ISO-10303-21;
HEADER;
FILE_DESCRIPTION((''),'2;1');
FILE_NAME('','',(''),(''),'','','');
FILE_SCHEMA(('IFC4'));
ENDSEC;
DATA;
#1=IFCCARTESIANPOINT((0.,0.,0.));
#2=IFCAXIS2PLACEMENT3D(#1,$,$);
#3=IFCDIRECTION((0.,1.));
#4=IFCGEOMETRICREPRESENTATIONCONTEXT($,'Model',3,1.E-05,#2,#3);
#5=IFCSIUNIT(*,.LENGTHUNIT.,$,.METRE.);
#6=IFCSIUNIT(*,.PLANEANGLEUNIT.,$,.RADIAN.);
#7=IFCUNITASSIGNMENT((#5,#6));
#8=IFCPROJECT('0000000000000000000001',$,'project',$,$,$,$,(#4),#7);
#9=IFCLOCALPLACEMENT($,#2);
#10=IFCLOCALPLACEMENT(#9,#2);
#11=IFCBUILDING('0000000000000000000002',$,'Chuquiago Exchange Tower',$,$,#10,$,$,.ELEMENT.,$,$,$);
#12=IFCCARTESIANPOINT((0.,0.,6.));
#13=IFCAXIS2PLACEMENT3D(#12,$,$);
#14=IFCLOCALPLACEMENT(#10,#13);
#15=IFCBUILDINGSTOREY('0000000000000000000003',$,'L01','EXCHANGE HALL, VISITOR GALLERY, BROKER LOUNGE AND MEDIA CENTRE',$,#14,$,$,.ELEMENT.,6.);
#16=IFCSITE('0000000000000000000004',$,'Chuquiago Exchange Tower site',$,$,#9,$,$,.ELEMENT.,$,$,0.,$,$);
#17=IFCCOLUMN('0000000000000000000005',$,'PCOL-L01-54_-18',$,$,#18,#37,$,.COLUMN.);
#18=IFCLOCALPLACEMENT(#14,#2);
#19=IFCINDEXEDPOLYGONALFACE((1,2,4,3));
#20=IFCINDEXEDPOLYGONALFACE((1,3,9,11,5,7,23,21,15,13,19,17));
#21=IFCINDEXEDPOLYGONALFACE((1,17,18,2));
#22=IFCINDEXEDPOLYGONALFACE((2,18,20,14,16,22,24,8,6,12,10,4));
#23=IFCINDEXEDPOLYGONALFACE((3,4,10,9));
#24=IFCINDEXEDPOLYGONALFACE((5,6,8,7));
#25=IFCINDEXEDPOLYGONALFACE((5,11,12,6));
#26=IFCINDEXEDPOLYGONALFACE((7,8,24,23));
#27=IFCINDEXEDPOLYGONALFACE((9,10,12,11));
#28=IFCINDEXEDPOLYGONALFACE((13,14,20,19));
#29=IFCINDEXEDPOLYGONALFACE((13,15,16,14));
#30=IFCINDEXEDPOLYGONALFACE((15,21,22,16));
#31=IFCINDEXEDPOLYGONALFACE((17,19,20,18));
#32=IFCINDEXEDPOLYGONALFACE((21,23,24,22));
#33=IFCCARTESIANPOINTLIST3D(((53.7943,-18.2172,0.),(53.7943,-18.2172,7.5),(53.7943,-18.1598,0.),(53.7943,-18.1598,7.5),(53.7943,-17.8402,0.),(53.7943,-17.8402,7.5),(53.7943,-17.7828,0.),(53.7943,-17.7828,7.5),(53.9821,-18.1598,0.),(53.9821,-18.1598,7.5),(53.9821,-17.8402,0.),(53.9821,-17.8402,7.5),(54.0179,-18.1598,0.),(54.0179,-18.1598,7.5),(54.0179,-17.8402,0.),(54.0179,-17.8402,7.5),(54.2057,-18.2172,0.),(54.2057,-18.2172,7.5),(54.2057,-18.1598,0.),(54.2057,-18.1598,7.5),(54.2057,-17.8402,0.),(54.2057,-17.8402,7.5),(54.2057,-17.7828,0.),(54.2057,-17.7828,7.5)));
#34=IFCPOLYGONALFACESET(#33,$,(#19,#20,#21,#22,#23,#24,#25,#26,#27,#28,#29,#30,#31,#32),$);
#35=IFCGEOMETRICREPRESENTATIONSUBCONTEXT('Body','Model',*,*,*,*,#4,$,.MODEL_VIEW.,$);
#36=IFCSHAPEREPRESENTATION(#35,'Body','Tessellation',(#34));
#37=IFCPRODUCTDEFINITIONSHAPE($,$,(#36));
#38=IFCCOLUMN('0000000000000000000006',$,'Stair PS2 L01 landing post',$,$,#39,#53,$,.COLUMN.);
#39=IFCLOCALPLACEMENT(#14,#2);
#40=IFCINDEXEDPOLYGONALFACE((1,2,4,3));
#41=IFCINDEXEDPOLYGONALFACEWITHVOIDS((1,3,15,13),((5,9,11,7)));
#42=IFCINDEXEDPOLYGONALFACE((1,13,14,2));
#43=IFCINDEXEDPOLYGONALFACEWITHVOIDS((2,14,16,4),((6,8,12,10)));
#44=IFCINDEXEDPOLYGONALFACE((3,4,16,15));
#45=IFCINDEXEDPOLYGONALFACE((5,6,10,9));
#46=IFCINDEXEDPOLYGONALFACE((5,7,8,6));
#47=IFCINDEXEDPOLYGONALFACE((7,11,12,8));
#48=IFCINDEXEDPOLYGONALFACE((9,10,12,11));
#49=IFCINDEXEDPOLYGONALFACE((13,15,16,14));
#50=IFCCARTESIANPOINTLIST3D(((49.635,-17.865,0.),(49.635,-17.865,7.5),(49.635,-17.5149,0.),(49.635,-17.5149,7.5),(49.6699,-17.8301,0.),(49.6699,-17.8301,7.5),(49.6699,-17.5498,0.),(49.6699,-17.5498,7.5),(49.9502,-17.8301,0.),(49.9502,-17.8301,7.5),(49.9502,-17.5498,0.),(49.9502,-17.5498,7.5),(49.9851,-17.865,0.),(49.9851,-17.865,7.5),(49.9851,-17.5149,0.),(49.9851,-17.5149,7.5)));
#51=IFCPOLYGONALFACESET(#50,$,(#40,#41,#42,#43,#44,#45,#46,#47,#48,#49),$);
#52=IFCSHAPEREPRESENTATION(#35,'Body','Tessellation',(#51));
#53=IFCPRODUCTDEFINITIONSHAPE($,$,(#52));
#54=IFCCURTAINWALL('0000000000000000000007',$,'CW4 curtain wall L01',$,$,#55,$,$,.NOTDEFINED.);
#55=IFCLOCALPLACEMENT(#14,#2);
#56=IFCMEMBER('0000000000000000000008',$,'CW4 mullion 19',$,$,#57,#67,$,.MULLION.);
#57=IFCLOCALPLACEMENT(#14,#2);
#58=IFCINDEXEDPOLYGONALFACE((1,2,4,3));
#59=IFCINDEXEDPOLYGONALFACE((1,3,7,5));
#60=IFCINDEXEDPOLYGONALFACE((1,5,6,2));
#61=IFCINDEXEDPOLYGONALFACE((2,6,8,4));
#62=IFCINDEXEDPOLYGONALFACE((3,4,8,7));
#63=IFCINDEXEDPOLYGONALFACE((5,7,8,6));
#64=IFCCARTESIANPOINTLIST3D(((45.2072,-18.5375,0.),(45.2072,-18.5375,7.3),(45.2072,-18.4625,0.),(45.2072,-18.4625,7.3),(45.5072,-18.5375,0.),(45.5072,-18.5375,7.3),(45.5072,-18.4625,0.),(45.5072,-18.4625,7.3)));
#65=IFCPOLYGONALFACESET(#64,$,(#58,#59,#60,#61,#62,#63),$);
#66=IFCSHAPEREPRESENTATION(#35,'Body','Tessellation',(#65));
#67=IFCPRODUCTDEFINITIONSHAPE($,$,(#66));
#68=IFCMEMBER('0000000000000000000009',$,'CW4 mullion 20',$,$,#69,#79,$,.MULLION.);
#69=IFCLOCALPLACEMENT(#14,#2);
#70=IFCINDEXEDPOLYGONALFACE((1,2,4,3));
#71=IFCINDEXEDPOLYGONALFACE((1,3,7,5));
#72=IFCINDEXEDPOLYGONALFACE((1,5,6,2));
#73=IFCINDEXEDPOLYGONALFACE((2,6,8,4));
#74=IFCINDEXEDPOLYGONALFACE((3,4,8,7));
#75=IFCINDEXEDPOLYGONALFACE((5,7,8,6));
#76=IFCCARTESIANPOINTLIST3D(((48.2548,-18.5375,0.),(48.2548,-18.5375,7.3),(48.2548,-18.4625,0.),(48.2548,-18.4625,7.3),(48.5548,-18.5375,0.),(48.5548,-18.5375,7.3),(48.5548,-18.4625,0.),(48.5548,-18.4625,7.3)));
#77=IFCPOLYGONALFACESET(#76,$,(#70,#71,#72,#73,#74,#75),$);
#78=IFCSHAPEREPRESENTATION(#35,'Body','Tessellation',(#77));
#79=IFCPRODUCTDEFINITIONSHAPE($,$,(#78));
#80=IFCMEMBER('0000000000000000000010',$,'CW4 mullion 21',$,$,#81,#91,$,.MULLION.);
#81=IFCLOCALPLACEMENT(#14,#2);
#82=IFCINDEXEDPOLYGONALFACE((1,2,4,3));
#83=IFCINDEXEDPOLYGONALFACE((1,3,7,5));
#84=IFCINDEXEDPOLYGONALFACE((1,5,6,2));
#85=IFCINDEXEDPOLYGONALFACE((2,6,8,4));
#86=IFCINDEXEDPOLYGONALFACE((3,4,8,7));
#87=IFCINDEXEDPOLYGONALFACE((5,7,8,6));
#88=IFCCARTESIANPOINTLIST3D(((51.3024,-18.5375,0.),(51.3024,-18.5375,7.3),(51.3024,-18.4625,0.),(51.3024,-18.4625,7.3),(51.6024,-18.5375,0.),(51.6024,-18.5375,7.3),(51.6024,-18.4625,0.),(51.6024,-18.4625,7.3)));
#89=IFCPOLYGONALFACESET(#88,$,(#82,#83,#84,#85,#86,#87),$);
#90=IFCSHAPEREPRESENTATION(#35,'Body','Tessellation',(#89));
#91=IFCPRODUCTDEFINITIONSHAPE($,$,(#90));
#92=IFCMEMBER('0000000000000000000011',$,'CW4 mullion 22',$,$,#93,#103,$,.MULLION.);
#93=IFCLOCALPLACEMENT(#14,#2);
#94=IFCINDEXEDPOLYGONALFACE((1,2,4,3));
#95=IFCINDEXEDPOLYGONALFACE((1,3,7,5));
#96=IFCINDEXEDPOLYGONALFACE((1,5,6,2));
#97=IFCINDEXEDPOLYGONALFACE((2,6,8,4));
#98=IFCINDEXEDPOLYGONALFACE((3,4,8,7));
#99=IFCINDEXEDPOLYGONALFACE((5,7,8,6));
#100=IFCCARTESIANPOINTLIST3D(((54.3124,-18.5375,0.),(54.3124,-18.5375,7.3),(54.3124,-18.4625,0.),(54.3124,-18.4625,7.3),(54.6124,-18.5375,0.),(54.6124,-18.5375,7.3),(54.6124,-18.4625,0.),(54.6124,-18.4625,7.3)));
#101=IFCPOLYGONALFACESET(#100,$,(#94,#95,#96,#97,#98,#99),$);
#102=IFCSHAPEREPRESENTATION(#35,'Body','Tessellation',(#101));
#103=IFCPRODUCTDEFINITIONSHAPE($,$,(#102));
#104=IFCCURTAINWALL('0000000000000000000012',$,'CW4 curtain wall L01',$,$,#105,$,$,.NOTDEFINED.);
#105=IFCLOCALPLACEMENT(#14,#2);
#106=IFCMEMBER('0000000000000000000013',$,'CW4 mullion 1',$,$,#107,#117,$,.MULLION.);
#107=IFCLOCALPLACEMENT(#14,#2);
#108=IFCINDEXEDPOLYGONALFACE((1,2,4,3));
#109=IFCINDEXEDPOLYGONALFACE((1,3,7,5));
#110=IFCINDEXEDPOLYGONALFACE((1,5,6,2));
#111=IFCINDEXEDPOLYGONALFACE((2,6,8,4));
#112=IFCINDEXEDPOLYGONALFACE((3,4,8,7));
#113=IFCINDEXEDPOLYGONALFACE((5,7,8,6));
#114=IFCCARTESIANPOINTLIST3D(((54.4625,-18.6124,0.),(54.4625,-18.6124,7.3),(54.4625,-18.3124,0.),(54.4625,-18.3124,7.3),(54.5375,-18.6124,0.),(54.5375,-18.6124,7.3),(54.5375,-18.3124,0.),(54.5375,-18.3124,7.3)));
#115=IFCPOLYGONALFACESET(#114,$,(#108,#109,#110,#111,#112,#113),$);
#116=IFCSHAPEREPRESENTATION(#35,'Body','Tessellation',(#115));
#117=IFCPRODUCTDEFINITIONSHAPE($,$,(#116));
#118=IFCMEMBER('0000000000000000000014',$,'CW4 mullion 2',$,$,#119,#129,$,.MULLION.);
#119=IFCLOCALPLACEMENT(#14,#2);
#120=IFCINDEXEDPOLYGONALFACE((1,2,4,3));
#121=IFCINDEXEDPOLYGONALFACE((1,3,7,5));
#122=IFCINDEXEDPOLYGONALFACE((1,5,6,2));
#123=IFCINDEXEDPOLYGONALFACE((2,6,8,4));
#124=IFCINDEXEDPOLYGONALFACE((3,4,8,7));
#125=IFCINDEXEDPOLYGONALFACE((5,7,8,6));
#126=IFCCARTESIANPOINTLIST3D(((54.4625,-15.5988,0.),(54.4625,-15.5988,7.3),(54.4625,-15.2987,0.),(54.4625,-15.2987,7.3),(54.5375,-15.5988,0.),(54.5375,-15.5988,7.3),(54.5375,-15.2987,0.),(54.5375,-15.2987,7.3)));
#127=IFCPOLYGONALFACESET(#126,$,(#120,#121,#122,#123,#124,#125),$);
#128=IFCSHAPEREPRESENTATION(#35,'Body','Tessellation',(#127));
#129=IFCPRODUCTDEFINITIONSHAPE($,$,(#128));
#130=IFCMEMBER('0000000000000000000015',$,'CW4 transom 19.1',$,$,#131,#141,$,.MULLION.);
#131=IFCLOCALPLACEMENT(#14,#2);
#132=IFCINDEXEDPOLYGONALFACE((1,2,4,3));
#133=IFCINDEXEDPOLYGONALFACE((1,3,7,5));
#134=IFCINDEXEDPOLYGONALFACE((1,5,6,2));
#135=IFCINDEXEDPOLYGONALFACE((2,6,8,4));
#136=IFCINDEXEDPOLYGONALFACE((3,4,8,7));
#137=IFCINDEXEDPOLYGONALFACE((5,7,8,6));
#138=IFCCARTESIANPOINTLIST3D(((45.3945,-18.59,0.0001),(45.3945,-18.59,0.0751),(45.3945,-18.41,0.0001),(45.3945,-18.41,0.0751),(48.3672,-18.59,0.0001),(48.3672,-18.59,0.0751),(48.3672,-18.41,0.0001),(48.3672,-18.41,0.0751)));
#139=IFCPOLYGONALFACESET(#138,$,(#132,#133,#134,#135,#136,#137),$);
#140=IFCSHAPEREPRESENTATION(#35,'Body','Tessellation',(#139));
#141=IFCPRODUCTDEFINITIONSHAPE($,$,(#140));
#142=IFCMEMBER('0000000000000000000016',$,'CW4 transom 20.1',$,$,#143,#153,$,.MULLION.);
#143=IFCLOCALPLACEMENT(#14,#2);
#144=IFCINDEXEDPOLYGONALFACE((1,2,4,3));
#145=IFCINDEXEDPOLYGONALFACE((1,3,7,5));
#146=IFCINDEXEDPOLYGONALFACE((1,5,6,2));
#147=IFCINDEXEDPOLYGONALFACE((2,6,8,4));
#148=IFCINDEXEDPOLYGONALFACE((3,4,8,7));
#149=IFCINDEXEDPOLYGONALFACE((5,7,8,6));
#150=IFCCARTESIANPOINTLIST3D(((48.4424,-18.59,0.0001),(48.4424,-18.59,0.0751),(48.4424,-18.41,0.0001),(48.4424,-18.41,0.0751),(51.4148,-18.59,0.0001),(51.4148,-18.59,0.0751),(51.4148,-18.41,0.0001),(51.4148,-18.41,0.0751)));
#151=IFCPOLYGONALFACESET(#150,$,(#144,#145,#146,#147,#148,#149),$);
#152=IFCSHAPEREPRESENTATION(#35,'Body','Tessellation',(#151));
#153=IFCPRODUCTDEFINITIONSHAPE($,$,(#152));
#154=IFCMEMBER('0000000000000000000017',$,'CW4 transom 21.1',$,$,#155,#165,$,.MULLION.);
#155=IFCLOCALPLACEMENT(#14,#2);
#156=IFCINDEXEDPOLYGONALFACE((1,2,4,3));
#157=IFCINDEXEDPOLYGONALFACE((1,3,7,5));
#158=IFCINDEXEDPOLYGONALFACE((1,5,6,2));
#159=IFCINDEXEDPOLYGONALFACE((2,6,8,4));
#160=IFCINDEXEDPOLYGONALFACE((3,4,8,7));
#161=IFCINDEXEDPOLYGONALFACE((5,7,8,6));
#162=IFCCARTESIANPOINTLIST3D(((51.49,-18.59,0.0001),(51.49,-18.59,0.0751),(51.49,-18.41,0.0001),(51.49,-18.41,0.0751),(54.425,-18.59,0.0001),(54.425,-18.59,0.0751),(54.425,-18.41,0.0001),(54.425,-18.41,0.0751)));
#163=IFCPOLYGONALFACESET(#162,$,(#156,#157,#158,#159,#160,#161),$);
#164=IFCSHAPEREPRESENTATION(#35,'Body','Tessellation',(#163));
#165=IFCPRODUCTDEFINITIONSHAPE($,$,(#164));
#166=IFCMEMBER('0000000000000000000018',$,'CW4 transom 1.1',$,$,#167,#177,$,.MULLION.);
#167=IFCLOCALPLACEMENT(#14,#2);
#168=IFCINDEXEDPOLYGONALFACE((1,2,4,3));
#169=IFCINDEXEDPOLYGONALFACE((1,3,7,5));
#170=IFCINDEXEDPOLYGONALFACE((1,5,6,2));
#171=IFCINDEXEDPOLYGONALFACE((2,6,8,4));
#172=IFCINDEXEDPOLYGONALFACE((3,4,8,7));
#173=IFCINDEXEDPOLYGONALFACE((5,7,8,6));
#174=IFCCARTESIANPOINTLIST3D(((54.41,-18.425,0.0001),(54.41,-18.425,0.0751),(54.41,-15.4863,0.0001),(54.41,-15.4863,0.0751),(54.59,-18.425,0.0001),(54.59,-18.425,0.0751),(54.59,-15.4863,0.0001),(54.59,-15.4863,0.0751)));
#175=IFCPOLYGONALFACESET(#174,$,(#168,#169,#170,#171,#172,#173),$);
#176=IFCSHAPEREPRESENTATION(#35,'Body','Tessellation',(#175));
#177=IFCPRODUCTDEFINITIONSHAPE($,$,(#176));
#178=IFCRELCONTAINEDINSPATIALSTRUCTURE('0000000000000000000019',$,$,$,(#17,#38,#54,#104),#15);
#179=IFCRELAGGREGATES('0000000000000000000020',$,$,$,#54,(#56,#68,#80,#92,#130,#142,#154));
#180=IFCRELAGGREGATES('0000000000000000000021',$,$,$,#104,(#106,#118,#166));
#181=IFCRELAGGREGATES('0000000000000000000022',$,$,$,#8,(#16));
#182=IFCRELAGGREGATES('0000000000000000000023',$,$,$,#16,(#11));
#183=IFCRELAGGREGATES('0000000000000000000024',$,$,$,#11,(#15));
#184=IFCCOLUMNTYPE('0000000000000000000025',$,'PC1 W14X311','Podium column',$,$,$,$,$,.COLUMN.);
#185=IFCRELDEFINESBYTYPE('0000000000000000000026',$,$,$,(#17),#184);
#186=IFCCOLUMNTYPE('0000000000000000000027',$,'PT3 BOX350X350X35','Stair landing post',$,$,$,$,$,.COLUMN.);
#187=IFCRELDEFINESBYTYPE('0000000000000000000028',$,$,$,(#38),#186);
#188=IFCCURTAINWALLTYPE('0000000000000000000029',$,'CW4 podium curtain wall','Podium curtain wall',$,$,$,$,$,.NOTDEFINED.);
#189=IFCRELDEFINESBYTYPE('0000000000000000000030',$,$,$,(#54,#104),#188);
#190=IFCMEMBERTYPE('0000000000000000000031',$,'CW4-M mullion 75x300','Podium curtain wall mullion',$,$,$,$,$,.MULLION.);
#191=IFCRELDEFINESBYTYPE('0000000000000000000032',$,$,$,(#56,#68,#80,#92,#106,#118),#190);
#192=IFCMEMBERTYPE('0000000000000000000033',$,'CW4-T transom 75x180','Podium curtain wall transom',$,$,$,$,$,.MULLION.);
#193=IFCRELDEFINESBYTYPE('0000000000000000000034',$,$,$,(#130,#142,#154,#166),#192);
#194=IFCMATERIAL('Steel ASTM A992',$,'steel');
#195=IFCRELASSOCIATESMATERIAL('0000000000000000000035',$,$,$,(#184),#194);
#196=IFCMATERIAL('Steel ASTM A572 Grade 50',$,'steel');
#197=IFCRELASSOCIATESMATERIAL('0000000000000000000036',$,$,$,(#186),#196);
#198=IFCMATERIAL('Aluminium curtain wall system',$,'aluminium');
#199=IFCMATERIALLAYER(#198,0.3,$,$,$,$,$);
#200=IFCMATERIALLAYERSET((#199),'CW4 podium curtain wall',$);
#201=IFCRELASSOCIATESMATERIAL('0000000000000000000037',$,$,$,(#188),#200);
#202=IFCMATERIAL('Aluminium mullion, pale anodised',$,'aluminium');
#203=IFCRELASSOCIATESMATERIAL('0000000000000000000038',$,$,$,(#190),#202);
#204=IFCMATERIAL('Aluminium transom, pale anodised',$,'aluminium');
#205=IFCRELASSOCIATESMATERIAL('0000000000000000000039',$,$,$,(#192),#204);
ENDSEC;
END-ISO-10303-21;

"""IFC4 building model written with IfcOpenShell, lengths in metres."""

from ifc_helpers import new_model, si_unit, direction, frame, origin, origin_2d, place, context, subcontext, project, spatial, rectangle, hollow_rectangle, i_section, extrude, material, layer, layer_set, material_profile, profile_set, type_object, element, aggregate, save


model = new_model("IFC4")

# Units and contexts
model_context = context("Model", 3, precision=1e-05, world=origin(), true_north=direction((0.0, 1.0)))
body_context = subcontext(model_context, "Body", "Model", "MODEL_VIEW")
ifc_project = project(units=[si_unit("LENGTHUNIT", "METRE"), si_unit("PLANEANGLEUNIT", "RADIAN")], contexts=[model_context])

# Site, building, storey
site_placement = place(None, origin())
site = spatial("IfcSite", under=ifc_project, at=site_placement, Name="Chuquiago Exchange Tower site", CompositionType="ELEMENT", RefElevation=0.0)
building_placement = place(site_placement, origin())
building = spatial("IfcBuilding", under=site, at=building_placement, Name="Chuquiago Exchange Tower", CompositionType="ELEMENT")
storey_placement = place(building_placement, frame((0.0, 0.0, 6.0)))
storey = spatial("IfcBuildingStorey", under=building, at=storey_placement, Name="L01", Description="EXCHANGE HALL, VISITOR GALLERY, BROKER LOUNGE AND MEDIA CENTRE", CompositionType="ELEMENT", Elevation=6.0)

# Columns
ifc_material_1 = material(Name="Steel ASTM A992", Category="steel")
ifc_material_profile_1 = material_profile(ifc_material_1, i_section(OverallWidth=0.4114, OverallDepth=0.4343, WebThickness=0.0359, FlangeThickness=0.0574, at=origin_2d()), Name="W14X311")
ifc_profile_set_1 = profile_set([ifc_material_profile_1], Name="Steel ASTM A992")
column_type_1 = type_object("IfcColumnType", Name="PC1 W14X311", Description="Podium column", PredefinedType="COLUMN", material=ifc_profile_set_1)
column_1_placement = place(storey_placement, frame((54.0, -18.0, 0.0), z_axis=(0.0, 0.0, 1.0), x_axis=(1.0, 0.0, 0.0)))
element("IfcColumn", 1, at=column_1_placement, inside=storey, type_object=column_type_1, Name="PCOL-L01-54_-18", PredefinedType="COLUMN", context=body_context, shape_type="SweptSolid", body=[
    extrude(i_section(OverallWidth=0.4114, OverallDepth=0.4343, WebThickness=0.0359, FlangeThickness=0.0574, at=origin_2d()), origin(), (0.0, 0.0, 1.0), 7.5),
])
ifc_material_2 = material(Name="Steel ASTM A572 Grade 50", Category="steel")
ifc_material_profile_2 = material_profile(ifc_material_2, hollow_rectangle(XDim=0.3501, YDim=0.3501, WallThickness=0.0349, at=origin_2d()), Name="BOX350X350X35")
ifc_profile_set_2 = profile_set([ifc_material_profile_2], Name="Steel ASTM A572 Grade 50")
column_type_2 = type_object("IfcColumnType", Name="PT3 BOX350X350X35", Description="Stair landing post", PredefinedType="COLUMN", material=ifc_profile_set_2)
column_2_placement = place(storey_placement, frame((49.8101, -17.6899, 0.0), z_axis=(0.0, 0.0, 1.0), x_axis=(1.0, 0.0, 0.0)))
element("IfcColumn", 2, at=column_2_placement, inside=storey, type_object=column_type_2, Name="Stair PS2 L01 landing post", PredefinedType="COLUMN", context=body_context, shape_type="SweptSolid", body=[
    extrude(hollow_rectangle(XDim=0.3501, YDim=0.3501, WallThickness=0.0349, at=origin_2d()), origin(), (0.0, 0.0, 1.0), 7.5),
])

# Curtain walls, members
ifc_material_3 = material(Name="Aluminium curtain wall system", Category="aluminium")
ifc_layer_1 = layer(ifc_material_3, 0.3)
ifc_layer_set_1 = layer_set([ifc_layer_1], Name="CW4 podium curtain wall")
curtain_wall_type = type_object("IfcCurtainWallType", Name="CW4 podium curtain wall", Description="Podium curtain wall", PredefinedType="NOTDEFINED", material=ifc_layer_set_1)
curtain_wall_1_placement = place(storey_placement, origin())
curtain_wall_1 = element("IfcCurtainWall", 3, at=curtain_wall_1_placement, inside=storey, type_object=curtain_wall_type, Name="CW4 curtain wall L01", PredefinedType="NOTDEFINED")
ifc_material_4 = material(Name="Aluminium mullion, pale anodised", Category="aluminium")
ifc_material_profile_3 = material_profile(ifc_material_4, rectangle(XDim=0.075, YDim=0.3, at=origin_2d()), Name="AL 75x300")
ifc_profile_set_3 = profile_set([ifc_material_profile_3], Name="Aluminium mullion, pale anodised")
member_type_1 = type_object("IfcMemberType", Name="CW4-M mullion 75x300", Description="Podium curtain wall mullion", PredefinedType="MULLION", material=ifc_profile_set_3)
member_1_placement = place(storey_placement, frame((45.3572, -18.5, 0.0), z_axis=(0.0, 0.0, 1.0), x_axis=(0.0, 1.0, 0.0)))
member_1 = element("IfcMember", 4, at=member_1_placement, type_object=member_type_1, Name="CW4 mullion 19", PredefinedType="MULLION", context=body_context, shape_type="SweptSolid", body=[
    extrude(rectangle(XDim=0.075, YDim=0.3, at=origin_2d()), origin(), (0.0, 0.0, 1.0), 7.3),
])
member_2_placement = place(storey_placement, frame((48.4048, -18.5, 0.0), z_axis=(0.0, 0.0, 1.0), x_axis=(0.0, 1.0, 0.0)))
member_2 = element("IfcMember", 5, at=member_2_placement, type_object=member_type_1, Name="CW4 mullion 20", PredefinedType="MULLION", context=body_context, shape_type="SweptSolid", body=[
    extrude(rectangle(XDim=0.075, YDim=0.3, at=origin_2d()), origin(), (0.0, 0.0, 1.0), 7.3),
])
member_3_placement = place(storey_placement, frame((51.4524, -18.5, 0.0), z_axis=(0.0, 0.0, 1.0), x_axis=(0.0, 1.0, 0.0)))
member_3 = element("IfcMember", 6, at=member_3_placement, type_object=member_type_1, Name="CW4 mullion 21", PredefinedType="MULLION", context=body_context, shape_type="SweptSolid", body=[
    extrude(rectangle(XDim=0.075, YDim=0.3, at=origin_2d()), origin(), (0.0, 0.0, 1.0), 7.3),
])
member_4_placement = place(storey_placement, frame((54.4624, -18.5, 0.0), z_axis=(0.0, 0.0, 1.0), x_axis=(0.0, 1.0, 0.0)))
member_4 = element("IfcMember", 7, at=member_4_placement, type_object=member_type_1, Name="CW4 mullion 22", PredefinedType="MULLION", context=body_context, shape_type="SweptSolid", body=[
    extrude(rectangle(XDim=0.075, YDim=0.3, at=origin_2d()), origin(), (0.0, 0.0, 1.0), 7.3),
])
curtain_wall_2_placement = place(storey_placement, origin())
curtain_wall_2 = element("IfcCurtainWall", 8, at=curtain_wall_2_placement, inside=storey, type_object=curtain_wall_type, Name="CW4 curtain wall L01", PredefinedType="NOTDEFINED")
member_5_placement = place(storey_placement, frame((54.5, -18.4624, 0.0), z_axis=(0.0, 0.0, 1.0), x_axis=(-1.0, 0.0, 0.0)))
member_5 = element("IfcMember", 9, at=member_5_placement, type_object=member_type_1, Name="CW4 mullion 1", PredefinedType="MULLION", context=body_context, shape_type="SweptSolid", body=[
    extrude(rectangle(XDim=0.075, YDim=0.3, at=origin_2d()), origin(), (0.0, 0.0, 1.0), 7.3),
])
member_6_placement = place(storey_placement, frame((54.5, -15.4487, 0.0), z_axis=(0.0, 0.0, 1.0), x_axis=(-1.0, 0.0, 0.0)))
member_6 = element("IfcMember", 10, at=member_6_placement, type_object=member_type_1, Name="CW4 mullion 2", PredefinedType="MULLION", context=body_context, shape_type="SweptSolid", body=[
    extrude(rectangle(XDim=0.075, YDim=0.3, at=origin_2d()), origin(), (0.0, 0.0, 1.0), 7.3),
])

# Members
ifc_material_5 = material(Name="Aluminium transom, pale anodised", Category="aluminium")
ifc_material_profile_4 = material_profile(ifc_material_5, rectangle(XDim=0.1799, YDim=0.075, at=origin_2d()), Name="AL 180x75")
ifc_profile_set_4 = profile_set([ifc_material_profile_4], Name="Aluminium transom, pale anodised")
member_type_2 = type_object("IfcMemberType", Name="CW4-T transom 75x180", Description="Podium curtain wall transom", PredefinedType="MULLION", material=ifc_profile_set_4)
member_7_placement = place(storey_placement, frame((45.3945, -18.5, 0.0376), z_axis=(1.0, 0.0, 0.0), x_axis=(0.0, 1.0, 0.0)))
member_7 = element("IfcMember", 11, at=member_7_placement, type_object=member_type_2, Name="CW4 transom 19.1", PredefinedType="MULLION", context=body_context, shape_type="SweptSolid", body=[
    extrude(rectangle(XDim=0.1799, YDim=0.075, at=origin_2d()), origin(), (0.0, 0.0, 1.0), 2.9727),
])
member_8_placement = place(storey_placement, frame((48.4424, -18.5, 0.0376), z_axis=(1.0, 0.0, 0.0), x_axis=(0.0, 1.0, 0.0)))
member_8 = element("IfcMember", 12, at=member_8_placement, type_object=member_type_2, Name="CW4 transom 20.1", PredefinedType="MULLION", context=body_context, shape_type="SweptSolid", body=[
    extrude(rectangle(XDim=0.1799, YDim=0.075, at=origin_2d()), origin(), (0.0, 0.0, 1.0), 2.9724),
])
member_9_placement = place(storey_placement, frame((51.49, -18.5, 0.0376), z_axis=(1.0, 0.0, 0.0), x_axis=(0.0, 1.0, 0.0)))
member_9 = element("IfcMember", 13, at=member_9_placement, type_object=member_type_2, Name="CW4 transom 21.1", PredefinedType="MULLION", context=body_context, shape_type="SweptSolid", body=[
    extrude(rectangle(XDim=0.1799, YDim=0.075, at=origin_2d()), origin(), (0.0, 0.0, 1.0), 2.9351),
])
member_10_placement = place(storey_placement, frame((54.5, -18.425, 0.0376), z_axis=(0.0, 1.0, 0.0), x_axis=(-1.0, 0.0, 0.0)))
member_10 = element("IfcMember", 14, at=member_10_placement, type_object=member_type_2, Name="CW4 transom 1.1", PredefinedType="MULLION", context=body_context, shape_type="SweptSolid", body=[
    extrude(rectangle(XDim=0.1799, YDim=0.075, at=origin_2d()), origin(), (0.0, 0.0, 1.0), 2.9387),
])

aggregate(curtain_wall_1, [member_1, member_2, member_3, member_4, member_7, member_8, member_9])
aggregate(curtain_wall_2, [member_5, member_6, member_10])

save(model, "model.ifc")
